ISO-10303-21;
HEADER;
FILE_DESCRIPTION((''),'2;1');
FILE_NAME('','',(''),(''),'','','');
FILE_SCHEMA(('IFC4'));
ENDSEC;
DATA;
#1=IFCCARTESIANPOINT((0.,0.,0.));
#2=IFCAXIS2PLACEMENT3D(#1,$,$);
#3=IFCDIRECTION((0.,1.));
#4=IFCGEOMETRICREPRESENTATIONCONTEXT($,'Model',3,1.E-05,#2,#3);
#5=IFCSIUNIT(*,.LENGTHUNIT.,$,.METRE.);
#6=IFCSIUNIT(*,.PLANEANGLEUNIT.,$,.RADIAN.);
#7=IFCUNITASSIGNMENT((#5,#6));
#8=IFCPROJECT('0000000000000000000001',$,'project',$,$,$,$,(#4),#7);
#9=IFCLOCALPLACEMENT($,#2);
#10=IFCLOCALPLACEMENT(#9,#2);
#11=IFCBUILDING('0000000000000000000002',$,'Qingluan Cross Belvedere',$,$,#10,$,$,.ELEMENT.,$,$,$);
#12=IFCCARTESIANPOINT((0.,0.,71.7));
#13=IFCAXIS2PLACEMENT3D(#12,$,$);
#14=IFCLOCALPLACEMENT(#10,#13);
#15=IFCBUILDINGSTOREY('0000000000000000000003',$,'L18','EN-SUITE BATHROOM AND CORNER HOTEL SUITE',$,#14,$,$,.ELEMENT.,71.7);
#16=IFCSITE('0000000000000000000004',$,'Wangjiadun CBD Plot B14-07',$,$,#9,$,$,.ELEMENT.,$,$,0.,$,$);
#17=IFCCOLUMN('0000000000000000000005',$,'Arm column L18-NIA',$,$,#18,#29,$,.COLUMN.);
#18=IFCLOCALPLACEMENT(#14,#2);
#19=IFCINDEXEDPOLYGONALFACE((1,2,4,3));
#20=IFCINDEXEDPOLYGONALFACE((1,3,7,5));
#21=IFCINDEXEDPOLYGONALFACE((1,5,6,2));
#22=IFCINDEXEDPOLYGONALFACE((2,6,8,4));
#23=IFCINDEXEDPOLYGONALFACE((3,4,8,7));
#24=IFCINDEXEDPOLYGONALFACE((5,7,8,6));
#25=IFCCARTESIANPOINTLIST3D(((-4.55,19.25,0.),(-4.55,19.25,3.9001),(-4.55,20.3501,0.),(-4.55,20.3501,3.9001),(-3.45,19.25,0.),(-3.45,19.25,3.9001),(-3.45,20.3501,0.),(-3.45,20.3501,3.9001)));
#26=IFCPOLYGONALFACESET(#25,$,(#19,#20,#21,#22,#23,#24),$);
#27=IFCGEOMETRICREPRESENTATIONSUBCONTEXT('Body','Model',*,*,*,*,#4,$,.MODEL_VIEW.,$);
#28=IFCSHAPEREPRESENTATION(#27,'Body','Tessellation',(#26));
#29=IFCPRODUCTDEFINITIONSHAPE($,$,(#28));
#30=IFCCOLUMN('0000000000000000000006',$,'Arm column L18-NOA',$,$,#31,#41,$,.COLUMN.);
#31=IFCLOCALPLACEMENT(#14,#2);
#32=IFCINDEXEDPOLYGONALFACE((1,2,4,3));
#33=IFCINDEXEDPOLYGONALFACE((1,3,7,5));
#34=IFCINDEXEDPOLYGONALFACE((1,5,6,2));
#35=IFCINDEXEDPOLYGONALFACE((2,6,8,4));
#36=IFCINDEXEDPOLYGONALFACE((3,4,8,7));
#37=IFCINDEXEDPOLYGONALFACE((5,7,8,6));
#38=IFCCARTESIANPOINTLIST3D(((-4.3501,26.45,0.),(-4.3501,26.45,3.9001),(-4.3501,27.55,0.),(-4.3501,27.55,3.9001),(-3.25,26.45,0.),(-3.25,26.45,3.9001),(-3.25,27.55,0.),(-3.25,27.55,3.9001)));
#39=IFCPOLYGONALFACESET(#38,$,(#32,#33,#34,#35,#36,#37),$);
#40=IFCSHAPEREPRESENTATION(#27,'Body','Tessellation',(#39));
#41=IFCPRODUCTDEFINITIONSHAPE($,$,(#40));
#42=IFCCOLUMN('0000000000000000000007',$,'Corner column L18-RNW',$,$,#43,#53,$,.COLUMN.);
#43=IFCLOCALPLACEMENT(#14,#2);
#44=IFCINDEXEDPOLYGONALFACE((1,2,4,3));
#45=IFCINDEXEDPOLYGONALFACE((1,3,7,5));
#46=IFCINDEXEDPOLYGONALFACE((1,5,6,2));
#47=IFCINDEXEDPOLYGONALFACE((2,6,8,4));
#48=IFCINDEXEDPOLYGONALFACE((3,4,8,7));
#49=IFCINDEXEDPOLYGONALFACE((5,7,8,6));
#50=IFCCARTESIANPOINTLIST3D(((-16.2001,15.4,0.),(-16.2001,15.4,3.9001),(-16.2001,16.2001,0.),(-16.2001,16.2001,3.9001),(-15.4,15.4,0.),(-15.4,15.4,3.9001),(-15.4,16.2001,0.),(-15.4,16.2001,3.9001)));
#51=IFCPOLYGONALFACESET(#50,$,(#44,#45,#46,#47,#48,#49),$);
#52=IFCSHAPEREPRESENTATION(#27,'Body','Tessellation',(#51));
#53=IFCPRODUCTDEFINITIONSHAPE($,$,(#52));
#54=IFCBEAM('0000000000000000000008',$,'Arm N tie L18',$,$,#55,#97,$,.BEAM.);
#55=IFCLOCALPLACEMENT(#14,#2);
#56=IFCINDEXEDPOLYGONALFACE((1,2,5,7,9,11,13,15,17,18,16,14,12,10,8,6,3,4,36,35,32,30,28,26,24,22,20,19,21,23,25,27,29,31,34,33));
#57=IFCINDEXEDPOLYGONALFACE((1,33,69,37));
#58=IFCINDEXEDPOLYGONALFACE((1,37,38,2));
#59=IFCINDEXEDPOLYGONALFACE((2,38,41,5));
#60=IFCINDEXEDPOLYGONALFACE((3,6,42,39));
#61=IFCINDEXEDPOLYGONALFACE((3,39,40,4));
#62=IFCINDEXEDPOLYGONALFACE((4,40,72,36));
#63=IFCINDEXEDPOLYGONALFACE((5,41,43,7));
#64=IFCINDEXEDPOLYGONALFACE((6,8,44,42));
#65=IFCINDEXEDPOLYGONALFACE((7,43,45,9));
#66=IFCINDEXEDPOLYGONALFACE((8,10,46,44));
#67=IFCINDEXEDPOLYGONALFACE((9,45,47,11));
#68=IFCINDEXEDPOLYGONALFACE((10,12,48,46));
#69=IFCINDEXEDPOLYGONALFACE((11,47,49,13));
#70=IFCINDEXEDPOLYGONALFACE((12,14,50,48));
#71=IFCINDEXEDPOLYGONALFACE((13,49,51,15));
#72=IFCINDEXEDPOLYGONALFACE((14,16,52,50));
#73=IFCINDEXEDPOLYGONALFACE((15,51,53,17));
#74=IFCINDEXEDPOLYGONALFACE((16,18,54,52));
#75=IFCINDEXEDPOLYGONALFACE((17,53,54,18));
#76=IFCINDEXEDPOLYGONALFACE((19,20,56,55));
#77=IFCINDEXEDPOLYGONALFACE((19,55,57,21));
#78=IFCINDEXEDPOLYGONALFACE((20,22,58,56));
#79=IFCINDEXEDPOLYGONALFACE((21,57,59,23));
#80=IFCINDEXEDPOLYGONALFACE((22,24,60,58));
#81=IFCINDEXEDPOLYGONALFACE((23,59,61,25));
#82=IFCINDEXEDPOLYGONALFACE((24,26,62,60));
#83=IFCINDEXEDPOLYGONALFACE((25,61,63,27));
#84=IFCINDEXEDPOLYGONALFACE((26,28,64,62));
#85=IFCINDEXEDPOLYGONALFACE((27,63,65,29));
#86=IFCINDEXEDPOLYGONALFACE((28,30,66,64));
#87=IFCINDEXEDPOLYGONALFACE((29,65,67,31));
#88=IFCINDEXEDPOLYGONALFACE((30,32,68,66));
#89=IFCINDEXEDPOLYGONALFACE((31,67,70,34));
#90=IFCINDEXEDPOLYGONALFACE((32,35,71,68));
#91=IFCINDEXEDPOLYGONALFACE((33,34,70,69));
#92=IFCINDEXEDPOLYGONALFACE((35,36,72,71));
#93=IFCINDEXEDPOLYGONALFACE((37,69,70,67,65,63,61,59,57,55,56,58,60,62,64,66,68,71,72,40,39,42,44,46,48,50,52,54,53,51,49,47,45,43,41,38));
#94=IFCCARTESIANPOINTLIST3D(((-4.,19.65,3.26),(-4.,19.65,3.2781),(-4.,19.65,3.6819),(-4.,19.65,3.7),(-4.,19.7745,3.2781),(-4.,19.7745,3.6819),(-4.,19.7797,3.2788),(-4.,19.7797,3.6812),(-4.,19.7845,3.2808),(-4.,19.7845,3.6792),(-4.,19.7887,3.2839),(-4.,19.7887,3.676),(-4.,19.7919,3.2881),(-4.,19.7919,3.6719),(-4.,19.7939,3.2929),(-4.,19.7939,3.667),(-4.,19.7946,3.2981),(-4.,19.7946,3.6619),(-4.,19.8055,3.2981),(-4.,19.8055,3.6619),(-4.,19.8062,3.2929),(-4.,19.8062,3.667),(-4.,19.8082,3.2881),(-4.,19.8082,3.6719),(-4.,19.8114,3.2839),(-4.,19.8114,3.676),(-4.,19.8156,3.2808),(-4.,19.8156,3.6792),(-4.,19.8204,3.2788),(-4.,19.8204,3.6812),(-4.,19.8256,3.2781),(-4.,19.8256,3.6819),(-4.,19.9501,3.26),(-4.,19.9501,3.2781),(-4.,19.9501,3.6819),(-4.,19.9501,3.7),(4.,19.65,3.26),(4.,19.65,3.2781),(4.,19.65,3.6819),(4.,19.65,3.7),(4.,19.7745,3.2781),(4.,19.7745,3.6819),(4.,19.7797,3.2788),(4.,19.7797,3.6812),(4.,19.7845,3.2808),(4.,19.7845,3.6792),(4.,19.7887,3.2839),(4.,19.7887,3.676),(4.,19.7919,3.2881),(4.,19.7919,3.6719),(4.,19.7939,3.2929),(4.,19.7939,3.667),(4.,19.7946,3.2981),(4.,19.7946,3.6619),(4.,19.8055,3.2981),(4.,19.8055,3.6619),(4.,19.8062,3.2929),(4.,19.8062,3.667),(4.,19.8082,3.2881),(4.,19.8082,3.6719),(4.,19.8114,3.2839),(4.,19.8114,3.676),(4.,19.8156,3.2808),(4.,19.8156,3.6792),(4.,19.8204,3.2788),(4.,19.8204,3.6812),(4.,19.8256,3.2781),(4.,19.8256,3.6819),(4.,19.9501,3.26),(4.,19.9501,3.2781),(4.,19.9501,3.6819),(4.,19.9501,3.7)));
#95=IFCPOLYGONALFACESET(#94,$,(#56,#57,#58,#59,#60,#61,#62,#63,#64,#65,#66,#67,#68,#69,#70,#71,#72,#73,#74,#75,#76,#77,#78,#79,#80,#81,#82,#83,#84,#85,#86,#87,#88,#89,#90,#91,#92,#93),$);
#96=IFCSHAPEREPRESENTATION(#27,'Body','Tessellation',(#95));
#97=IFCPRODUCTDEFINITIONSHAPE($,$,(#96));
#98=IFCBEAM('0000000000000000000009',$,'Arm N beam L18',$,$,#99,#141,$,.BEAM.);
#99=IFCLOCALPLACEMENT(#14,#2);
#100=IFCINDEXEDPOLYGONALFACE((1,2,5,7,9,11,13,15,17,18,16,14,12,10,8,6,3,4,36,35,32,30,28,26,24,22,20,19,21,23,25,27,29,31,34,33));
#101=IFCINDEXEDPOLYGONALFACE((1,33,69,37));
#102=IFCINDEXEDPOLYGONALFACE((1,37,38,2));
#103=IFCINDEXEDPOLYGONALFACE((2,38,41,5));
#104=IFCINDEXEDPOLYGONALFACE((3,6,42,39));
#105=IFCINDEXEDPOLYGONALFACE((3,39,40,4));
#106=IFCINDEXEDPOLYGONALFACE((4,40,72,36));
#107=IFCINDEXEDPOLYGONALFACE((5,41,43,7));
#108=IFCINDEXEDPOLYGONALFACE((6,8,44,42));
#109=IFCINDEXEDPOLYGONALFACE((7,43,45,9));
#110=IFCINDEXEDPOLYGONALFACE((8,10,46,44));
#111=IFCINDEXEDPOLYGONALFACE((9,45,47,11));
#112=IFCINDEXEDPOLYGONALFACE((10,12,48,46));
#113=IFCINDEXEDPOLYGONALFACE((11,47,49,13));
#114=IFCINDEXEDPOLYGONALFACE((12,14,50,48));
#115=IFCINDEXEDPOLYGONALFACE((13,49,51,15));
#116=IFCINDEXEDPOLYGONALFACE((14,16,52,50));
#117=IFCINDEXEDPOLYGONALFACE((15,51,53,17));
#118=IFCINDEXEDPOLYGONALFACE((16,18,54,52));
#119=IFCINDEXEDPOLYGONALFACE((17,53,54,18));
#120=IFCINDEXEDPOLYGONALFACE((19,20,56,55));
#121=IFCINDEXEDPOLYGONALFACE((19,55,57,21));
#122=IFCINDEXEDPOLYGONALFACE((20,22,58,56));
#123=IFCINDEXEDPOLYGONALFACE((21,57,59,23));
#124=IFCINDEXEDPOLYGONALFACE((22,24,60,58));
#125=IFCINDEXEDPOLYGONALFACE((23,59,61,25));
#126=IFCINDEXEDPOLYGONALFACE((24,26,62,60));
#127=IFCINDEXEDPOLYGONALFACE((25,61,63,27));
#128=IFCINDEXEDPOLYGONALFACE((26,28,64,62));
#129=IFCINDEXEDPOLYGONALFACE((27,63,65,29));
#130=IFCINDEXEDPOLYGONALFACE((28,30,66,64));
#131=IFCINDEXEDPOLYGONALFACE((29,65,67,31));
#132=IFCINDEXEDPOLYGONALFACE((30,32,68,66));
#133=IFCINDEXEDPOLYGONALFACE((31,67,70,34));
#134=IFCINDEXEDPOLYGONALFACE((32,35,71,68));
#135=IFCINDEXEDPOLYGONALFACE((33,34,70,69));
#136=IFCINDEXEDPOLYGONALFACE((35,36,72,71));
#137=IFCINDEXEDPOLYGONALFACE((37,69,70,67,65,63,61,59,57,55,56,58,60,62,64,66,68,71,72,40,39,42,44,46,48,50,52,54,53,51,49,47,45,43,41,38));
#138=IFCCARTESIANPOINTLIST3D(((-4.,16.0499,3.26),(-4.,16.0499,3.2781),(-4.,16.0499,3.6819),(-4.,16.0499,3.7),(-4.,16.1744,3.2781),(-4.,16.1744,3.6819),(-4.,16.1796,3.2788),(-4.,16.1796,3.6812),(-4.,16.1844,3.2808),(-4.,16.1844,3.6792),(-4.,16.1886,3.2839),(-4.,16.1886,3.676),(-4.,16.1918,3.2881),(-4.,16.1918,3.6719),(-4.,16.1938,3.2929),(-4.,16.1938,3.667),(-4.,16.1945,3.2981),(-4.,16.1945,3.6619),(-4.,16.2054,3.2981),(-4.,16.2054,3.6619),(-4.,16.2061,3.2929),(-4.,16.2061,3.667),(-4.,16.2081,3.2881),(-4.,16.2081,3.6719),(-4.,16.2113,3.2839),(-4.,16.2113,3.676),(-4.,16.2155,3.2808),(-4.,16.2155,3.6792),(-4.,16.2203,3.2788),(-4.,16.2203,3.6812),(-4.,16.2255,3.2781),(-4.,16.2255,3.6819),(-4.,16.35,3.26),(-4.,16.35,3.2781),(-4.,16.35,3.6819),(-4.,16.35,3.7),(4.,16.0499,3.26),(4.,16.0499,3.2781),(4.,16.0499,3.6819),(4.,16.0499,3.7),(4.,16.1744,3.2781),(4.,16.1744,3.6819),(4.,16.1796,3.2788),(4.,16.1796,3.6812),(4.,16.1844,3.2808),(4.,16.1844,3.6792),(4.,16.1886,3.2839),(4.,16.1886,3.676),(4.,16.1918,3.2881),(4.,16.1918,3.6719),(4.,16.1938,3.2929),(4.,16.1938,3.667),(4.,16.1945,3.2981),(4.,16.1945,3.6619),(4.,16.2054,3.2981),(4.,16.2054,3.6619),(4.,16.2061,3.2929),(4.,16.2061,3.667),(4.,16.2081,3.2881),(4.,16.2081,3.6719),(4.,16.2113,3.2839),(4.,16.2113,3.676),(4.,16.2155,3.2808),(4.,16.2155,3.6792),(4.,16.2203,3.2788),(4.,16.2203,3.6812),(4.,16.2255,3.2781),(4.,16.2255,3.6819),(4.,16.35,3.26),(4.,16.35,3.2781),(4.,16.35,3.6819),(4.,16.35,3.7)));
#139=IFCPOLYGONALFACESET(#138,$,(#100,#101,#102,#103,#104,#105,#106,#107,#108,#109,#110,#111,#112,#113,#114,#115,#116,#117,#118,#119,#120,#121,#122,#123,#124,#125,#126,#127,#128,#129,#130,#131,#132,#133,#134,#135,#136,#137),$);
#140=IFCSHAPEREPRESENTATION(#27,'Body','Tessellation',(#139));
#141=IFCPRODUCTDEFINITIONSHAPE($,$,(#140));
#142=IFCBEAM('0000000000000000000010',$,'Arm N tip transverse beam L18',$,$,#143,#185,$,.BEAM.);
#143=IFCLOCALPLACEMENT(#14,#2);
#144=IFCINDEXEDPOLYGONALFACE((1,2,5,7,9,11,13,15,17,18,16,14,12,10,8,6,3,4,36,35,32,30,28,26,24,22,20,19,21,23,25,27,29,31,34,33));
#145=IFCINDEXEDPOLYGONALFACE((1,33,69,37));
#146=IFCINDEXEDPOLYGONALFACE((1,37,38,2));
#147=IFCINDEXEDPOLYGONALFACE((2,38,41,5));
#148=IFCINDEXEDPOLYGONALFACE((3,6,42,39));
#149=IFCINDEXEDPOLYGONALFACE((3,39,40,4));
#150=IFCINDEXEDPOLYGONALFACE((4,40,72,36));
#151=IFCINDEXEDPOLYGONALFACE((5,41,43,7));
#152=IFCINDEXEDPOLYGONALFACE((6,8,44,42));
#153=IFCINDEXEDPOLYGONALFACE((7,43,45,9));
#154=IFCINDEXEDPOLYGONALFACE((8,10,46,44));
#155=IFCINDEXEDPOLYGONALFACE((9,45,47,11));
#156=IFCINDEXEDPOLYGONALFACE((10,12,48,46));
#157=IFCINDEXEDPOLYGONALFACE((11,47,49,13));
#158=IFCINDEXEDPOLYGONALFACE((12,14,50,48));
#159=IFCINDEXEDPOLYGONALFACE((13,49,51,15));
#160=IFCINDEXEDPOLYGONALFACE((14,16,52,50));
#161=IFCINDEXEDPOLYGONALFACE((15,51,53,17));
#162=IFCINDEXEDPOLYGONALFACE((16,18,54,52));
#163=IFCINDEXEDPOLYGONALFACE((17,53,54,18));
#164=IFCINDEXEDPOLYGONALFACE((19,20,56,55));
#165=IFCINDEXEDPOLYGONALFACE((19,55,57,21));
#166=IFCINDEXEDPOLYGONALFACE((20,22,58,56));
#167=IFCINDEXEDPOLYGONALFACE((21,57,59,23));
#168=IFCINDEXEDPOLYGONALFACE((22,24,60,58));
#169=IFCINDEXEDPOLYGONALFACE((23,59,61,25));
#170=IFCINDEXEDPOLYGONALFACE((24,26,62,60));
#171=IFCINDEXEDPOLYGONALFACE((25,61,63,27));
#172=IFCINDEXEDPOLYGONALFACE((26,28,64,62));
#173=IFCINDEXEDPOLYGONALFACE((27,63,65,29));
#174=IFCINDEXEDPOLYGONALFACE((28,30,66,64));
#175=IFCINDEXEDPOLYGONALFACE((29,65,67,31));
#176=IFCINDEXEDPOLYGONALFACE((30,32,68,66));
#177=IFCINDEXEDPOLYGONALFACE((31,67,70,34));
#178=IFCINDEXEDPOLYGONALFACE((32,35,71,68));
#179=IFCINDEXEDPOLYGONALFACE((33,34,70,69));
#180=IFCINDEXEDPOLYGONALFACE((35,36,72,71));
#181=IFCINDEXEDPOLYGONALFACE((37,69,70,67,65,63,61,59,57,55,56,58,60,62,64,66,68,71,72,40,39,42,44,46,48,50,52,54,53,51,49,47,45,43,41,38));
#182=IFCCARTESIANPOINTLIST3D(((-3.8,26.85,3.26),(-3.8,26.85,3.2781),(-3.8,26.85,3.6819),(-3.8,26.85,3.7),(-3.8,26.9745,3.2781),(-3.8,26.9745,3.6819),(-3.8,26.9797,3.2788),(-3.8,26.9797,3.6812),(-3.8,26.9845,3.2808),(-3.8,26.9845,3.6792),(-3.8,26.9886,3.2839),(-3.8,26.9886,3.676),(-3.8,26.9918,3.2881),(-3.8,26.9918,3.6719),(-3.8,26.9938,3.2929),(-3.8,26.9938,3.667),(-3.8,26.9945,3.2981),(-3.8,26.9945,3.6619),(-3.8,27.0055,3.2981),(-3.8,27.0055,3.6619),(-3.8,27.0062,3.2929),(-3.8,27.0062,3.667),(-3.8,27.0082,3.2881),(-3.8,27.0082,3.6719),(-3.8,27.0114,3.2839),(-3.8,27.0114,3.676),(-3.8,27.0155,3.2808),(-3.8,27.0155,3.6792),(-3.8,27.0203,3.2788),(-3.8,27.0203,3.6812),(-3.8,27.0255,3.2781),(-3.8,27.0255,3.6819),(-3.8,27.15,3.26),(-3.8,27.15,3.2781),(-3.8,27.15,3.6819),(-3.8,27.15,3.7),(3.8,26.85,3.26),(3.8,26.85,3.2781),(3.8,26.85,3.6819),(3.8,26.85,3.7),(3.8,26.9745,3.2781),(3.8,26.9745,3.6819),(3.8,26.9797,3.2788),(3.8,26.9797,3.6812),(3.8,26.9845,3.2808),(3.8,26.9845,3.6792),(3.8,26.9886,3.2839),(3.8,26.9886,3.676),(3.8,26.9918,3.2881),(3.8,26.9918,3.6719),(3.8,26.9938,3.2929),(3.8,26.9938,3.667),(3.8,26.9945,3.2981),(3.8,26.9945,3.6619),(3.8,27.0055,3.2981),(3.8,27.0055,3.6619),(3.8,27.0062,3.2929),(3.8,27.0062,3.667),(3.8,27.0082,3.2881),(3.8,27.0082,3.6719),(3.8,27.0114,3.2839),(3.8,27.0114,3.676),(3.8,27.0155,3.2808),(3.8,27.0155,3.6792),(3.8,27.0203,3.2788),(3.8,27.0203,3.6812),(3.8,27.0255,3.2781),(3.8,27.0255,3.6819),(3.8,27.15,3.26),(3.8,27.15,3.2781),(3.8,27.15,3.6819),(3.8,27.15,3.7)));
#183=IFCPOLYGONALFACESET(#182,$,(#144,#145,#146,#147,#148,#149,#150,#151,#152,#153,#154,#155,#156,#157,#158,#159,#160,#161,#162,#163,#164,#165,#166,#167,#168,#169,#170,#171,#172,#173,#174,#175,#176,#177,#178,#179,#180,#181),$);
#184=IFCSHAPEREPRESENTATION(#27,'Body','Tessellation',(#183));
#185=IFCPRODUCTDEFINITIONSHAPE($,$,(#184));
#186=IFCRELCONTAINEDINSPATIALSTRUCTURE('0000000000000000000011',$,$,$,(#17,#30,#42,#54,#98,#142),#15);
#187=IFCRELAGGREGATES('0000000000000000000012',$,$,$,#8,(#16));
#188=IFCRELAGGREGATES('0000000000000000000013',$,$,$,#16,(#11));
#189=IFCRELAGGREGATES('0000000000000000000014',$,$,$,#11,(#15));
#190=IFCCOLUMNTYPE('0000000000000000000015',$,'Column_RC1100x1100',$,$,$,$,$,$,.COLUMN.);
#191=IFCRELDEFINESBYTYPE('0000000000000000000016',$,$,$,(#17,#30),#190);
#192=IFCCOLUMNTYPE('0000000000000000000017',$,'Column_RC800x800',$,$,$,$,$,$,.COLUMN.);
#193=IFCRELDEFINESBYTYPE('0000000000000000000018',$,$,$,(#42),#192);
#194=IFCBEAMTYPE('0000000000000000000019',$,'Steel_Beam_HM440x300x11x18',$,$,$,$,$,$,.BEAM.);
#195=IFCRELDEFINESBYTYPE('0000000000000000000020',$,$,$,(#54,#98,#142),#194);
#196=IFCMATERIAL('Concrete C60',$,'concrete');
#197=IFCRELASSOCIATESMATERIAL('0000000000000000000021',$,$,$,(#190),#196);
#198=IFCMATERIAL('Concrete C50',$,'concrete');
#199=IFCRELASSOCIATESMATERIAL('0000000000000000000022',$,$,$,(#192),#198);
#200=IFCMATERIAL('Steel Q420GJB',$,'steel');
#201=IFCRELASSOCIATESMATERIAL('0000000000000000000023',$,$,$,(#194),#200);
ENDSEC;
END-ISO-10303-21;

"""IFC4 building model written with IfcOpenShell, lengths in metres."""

from ifc_helpers import new_model, si_unit, direction, frame, origin, origin_2d, place, context, subcontext, project, spatial, rectangle, i_section, extrude, material, material_profile, profile_set, type_object, element, save


model = new_model("IFC4")

# Units and contexts
model_context = context("Model", 3, precision=1e-05, world=origin(), true_north=direction((0.0, 1.0)))
body_context = subcontext(model_context, "Body", "Model", "MODEL_VIEW")
ifc_project = project(units=[si_unit("LENGTHUNIT", "METRE"), si_unit("PLANEANGLEUNIT", "RADIAN")], contexts=[model_context])

# Site, building, storey
site_placement = place(None, origin())
site = spatial("IfcSite", under=ifc_project, at=site_placement, Name="Wangjiadun CBD Plot B14-07", CompositionType="ELEMENT", RefElevation=0.0)
building_placement = place(site_placement, origin())
building = spatial("IfcBuilding", under=site, at=building_placement, Name="Qingluan Cross Belvedere", CompositionType="ELEMENT")
storey_placement = place(building_placement, frame((0.0, 0.0, 71.7)))
storey = spatial("IfcBuildingStorey", under=building, at=storey_placement, Name="L18", Description="EN-SUITE BATHROOM AND CORNER HOTEL SUITE", CompositionType="ELEMENT", Elevation=71.7)

# Columns
ifc_material_1 = material(Name="Concrete C60", Category="concrete")
ifc_material_profile_1 = material_profile(ifc_material_1, rectangle(XDim=1.1001, YDim=1.1001, at=origin_2d()), Name="RC1100x1100")
ifc_profile_set_1 = profile_set([ifc_material_profile_1], Name="Concrete C60")
column_type_1 = type_object("IfcColumnType", Name="Column_RC1100x1100", PredefinedType="COLUMN", material=ifc_profile_set_1)
for number, where, z_axis, x_axis, name in (
    (1, (-4.0, 19.8, 0.0), (0.0, 0.0, 1.0), (1.0, 0.0, 0.0), "Arm column L18-NIA"),
    (2, (-3.8, 27.0, 0.0), (0.0, 0.0, 1.0), (1.0, 0.0, 0.0), "Arm column L18-NOA"),
):
    element("IfcColumn", number, at=place(storey_placement, frame(where, z_axis=z_axis, x_axis=x_axis)), inside=storey, type_object=column_type_1, Name=name, PredefinedType="COLUMN", context=body_context, shape_type="SweptSolid", body=[
        extrude(rectangle(XDim=1.1001, YDim=1.1001, at=origin_2d()), origin(), (0.0, 0.0, 1.0), 3.9001),
    ])
ifc_material_2 = material(Name="Concrete C50", Category="concrete")
ifc_material_profile_2 = material_profile(ifc_material_2, rectangle(XDim=0.8, YDim=0.8, at=origin_2d()), Name="RC800x800")
ifc_profile_set_2 = profile_set([ifc_material_profile_2], Name="Concrete C50")
column_type_2 = type_object("IfcColumnType", Name="Column_RC800x800", PredefinedType="COLUMN", material=ifc_profile_set_2)
column_placement = place(storey_placement, frame((-15.8, 15.8, 0.0), z_axis=(0.0, 0.0, 1.0), x_axis=(1.0, 0.0, 0.0)))
element("IfcColumn", 3, at=column_placement, inside=storey, type_object=column_type_2, Name="Corner column L18-RNW", PredefinedType="COLUMN", context=body_context, shape_type="SweptSolid", body=[
    extrude(rectangle(XDim=0.8, YDim=0.8, at=origin_2d()), origin(), (0.0, 0.0, 1.0), 3.9001),
])

# Beams
ifc_material_3 = material(Name="Steel Q420GJB", Category="steel")
ifc_material_profile_3 = material_profile(ifc_material_3, i_section(OverallWidth=0.3, OverallDepth=0.4399, WebThickness=0.011, FlangeThickness=0.0181, FilletRadius=0.02, at=origin_2d()), Name="HM440x300x11x18")
ifc_profile_set_3 = profile_set([ifc_material_profile_3], Name="Steel Q420GJB")
beam_type_1 = type_object("IfcBeamType", Name="Steel_Beam_HM440x300x11x18", PredefinedType="BEAM", material=ifc_profile_set_3)
for number, where, z_axis, x_axis, name in (
    (4, (-4.0, 19.8, 3.48), (1.0, 0.0, 0.0), (0.0, 1.0, 0.0), "Arm N tie L18"),
    (5, (-4.0, 16.2, 3.48), (1.0, 0.0, 0.0), (0.0, 1.0, 0.0), "Arm N beam L18"),
):
    element("IfcBeam", number, at=place(storey_placement, frame(where, z_axis=z_axis, x_axis=x_axis)), inside=storey, type_object=beam_type_1, Name=name, PredefinedType="BEAM", context=body_context, shape_type="SweptSolid", body=[
        extrude(i_section(OverallWidth=0.3, OverallDepth=0.4399, WebThickness=0.011, FlangeThickness=0.0181, FilletRadius=0.02, at=origin_2d()), origin(), (0.0, 0.0, 1.0), 8.0),
    ])
beam_1_placement = place(storey_placement, frame((-3.8, 27.0, 3.48), z_axis=(1.0, 0.0, 0.0), x_axis=(0.0, 1.0, 0.0)))
element("IfcBeam", 6, at=beam_1_placement, inside=storey, type_object=beam_type_1, Name="Arm N tip transverse beam L18", PredefinedType="BEAM", context=body_context, shape_type="SweptSolid", body=[
    extrude(i_section(OverallWidth=0.3, OverallDepth=0.4399, WebThickness=0.011, FlangeThickness=0.0181, FilletRadius=0.02, at=origin_2d()), origin(), (0.0, 0.0, 1.0), 7.6001),
])

save(model, "model.ifc")
